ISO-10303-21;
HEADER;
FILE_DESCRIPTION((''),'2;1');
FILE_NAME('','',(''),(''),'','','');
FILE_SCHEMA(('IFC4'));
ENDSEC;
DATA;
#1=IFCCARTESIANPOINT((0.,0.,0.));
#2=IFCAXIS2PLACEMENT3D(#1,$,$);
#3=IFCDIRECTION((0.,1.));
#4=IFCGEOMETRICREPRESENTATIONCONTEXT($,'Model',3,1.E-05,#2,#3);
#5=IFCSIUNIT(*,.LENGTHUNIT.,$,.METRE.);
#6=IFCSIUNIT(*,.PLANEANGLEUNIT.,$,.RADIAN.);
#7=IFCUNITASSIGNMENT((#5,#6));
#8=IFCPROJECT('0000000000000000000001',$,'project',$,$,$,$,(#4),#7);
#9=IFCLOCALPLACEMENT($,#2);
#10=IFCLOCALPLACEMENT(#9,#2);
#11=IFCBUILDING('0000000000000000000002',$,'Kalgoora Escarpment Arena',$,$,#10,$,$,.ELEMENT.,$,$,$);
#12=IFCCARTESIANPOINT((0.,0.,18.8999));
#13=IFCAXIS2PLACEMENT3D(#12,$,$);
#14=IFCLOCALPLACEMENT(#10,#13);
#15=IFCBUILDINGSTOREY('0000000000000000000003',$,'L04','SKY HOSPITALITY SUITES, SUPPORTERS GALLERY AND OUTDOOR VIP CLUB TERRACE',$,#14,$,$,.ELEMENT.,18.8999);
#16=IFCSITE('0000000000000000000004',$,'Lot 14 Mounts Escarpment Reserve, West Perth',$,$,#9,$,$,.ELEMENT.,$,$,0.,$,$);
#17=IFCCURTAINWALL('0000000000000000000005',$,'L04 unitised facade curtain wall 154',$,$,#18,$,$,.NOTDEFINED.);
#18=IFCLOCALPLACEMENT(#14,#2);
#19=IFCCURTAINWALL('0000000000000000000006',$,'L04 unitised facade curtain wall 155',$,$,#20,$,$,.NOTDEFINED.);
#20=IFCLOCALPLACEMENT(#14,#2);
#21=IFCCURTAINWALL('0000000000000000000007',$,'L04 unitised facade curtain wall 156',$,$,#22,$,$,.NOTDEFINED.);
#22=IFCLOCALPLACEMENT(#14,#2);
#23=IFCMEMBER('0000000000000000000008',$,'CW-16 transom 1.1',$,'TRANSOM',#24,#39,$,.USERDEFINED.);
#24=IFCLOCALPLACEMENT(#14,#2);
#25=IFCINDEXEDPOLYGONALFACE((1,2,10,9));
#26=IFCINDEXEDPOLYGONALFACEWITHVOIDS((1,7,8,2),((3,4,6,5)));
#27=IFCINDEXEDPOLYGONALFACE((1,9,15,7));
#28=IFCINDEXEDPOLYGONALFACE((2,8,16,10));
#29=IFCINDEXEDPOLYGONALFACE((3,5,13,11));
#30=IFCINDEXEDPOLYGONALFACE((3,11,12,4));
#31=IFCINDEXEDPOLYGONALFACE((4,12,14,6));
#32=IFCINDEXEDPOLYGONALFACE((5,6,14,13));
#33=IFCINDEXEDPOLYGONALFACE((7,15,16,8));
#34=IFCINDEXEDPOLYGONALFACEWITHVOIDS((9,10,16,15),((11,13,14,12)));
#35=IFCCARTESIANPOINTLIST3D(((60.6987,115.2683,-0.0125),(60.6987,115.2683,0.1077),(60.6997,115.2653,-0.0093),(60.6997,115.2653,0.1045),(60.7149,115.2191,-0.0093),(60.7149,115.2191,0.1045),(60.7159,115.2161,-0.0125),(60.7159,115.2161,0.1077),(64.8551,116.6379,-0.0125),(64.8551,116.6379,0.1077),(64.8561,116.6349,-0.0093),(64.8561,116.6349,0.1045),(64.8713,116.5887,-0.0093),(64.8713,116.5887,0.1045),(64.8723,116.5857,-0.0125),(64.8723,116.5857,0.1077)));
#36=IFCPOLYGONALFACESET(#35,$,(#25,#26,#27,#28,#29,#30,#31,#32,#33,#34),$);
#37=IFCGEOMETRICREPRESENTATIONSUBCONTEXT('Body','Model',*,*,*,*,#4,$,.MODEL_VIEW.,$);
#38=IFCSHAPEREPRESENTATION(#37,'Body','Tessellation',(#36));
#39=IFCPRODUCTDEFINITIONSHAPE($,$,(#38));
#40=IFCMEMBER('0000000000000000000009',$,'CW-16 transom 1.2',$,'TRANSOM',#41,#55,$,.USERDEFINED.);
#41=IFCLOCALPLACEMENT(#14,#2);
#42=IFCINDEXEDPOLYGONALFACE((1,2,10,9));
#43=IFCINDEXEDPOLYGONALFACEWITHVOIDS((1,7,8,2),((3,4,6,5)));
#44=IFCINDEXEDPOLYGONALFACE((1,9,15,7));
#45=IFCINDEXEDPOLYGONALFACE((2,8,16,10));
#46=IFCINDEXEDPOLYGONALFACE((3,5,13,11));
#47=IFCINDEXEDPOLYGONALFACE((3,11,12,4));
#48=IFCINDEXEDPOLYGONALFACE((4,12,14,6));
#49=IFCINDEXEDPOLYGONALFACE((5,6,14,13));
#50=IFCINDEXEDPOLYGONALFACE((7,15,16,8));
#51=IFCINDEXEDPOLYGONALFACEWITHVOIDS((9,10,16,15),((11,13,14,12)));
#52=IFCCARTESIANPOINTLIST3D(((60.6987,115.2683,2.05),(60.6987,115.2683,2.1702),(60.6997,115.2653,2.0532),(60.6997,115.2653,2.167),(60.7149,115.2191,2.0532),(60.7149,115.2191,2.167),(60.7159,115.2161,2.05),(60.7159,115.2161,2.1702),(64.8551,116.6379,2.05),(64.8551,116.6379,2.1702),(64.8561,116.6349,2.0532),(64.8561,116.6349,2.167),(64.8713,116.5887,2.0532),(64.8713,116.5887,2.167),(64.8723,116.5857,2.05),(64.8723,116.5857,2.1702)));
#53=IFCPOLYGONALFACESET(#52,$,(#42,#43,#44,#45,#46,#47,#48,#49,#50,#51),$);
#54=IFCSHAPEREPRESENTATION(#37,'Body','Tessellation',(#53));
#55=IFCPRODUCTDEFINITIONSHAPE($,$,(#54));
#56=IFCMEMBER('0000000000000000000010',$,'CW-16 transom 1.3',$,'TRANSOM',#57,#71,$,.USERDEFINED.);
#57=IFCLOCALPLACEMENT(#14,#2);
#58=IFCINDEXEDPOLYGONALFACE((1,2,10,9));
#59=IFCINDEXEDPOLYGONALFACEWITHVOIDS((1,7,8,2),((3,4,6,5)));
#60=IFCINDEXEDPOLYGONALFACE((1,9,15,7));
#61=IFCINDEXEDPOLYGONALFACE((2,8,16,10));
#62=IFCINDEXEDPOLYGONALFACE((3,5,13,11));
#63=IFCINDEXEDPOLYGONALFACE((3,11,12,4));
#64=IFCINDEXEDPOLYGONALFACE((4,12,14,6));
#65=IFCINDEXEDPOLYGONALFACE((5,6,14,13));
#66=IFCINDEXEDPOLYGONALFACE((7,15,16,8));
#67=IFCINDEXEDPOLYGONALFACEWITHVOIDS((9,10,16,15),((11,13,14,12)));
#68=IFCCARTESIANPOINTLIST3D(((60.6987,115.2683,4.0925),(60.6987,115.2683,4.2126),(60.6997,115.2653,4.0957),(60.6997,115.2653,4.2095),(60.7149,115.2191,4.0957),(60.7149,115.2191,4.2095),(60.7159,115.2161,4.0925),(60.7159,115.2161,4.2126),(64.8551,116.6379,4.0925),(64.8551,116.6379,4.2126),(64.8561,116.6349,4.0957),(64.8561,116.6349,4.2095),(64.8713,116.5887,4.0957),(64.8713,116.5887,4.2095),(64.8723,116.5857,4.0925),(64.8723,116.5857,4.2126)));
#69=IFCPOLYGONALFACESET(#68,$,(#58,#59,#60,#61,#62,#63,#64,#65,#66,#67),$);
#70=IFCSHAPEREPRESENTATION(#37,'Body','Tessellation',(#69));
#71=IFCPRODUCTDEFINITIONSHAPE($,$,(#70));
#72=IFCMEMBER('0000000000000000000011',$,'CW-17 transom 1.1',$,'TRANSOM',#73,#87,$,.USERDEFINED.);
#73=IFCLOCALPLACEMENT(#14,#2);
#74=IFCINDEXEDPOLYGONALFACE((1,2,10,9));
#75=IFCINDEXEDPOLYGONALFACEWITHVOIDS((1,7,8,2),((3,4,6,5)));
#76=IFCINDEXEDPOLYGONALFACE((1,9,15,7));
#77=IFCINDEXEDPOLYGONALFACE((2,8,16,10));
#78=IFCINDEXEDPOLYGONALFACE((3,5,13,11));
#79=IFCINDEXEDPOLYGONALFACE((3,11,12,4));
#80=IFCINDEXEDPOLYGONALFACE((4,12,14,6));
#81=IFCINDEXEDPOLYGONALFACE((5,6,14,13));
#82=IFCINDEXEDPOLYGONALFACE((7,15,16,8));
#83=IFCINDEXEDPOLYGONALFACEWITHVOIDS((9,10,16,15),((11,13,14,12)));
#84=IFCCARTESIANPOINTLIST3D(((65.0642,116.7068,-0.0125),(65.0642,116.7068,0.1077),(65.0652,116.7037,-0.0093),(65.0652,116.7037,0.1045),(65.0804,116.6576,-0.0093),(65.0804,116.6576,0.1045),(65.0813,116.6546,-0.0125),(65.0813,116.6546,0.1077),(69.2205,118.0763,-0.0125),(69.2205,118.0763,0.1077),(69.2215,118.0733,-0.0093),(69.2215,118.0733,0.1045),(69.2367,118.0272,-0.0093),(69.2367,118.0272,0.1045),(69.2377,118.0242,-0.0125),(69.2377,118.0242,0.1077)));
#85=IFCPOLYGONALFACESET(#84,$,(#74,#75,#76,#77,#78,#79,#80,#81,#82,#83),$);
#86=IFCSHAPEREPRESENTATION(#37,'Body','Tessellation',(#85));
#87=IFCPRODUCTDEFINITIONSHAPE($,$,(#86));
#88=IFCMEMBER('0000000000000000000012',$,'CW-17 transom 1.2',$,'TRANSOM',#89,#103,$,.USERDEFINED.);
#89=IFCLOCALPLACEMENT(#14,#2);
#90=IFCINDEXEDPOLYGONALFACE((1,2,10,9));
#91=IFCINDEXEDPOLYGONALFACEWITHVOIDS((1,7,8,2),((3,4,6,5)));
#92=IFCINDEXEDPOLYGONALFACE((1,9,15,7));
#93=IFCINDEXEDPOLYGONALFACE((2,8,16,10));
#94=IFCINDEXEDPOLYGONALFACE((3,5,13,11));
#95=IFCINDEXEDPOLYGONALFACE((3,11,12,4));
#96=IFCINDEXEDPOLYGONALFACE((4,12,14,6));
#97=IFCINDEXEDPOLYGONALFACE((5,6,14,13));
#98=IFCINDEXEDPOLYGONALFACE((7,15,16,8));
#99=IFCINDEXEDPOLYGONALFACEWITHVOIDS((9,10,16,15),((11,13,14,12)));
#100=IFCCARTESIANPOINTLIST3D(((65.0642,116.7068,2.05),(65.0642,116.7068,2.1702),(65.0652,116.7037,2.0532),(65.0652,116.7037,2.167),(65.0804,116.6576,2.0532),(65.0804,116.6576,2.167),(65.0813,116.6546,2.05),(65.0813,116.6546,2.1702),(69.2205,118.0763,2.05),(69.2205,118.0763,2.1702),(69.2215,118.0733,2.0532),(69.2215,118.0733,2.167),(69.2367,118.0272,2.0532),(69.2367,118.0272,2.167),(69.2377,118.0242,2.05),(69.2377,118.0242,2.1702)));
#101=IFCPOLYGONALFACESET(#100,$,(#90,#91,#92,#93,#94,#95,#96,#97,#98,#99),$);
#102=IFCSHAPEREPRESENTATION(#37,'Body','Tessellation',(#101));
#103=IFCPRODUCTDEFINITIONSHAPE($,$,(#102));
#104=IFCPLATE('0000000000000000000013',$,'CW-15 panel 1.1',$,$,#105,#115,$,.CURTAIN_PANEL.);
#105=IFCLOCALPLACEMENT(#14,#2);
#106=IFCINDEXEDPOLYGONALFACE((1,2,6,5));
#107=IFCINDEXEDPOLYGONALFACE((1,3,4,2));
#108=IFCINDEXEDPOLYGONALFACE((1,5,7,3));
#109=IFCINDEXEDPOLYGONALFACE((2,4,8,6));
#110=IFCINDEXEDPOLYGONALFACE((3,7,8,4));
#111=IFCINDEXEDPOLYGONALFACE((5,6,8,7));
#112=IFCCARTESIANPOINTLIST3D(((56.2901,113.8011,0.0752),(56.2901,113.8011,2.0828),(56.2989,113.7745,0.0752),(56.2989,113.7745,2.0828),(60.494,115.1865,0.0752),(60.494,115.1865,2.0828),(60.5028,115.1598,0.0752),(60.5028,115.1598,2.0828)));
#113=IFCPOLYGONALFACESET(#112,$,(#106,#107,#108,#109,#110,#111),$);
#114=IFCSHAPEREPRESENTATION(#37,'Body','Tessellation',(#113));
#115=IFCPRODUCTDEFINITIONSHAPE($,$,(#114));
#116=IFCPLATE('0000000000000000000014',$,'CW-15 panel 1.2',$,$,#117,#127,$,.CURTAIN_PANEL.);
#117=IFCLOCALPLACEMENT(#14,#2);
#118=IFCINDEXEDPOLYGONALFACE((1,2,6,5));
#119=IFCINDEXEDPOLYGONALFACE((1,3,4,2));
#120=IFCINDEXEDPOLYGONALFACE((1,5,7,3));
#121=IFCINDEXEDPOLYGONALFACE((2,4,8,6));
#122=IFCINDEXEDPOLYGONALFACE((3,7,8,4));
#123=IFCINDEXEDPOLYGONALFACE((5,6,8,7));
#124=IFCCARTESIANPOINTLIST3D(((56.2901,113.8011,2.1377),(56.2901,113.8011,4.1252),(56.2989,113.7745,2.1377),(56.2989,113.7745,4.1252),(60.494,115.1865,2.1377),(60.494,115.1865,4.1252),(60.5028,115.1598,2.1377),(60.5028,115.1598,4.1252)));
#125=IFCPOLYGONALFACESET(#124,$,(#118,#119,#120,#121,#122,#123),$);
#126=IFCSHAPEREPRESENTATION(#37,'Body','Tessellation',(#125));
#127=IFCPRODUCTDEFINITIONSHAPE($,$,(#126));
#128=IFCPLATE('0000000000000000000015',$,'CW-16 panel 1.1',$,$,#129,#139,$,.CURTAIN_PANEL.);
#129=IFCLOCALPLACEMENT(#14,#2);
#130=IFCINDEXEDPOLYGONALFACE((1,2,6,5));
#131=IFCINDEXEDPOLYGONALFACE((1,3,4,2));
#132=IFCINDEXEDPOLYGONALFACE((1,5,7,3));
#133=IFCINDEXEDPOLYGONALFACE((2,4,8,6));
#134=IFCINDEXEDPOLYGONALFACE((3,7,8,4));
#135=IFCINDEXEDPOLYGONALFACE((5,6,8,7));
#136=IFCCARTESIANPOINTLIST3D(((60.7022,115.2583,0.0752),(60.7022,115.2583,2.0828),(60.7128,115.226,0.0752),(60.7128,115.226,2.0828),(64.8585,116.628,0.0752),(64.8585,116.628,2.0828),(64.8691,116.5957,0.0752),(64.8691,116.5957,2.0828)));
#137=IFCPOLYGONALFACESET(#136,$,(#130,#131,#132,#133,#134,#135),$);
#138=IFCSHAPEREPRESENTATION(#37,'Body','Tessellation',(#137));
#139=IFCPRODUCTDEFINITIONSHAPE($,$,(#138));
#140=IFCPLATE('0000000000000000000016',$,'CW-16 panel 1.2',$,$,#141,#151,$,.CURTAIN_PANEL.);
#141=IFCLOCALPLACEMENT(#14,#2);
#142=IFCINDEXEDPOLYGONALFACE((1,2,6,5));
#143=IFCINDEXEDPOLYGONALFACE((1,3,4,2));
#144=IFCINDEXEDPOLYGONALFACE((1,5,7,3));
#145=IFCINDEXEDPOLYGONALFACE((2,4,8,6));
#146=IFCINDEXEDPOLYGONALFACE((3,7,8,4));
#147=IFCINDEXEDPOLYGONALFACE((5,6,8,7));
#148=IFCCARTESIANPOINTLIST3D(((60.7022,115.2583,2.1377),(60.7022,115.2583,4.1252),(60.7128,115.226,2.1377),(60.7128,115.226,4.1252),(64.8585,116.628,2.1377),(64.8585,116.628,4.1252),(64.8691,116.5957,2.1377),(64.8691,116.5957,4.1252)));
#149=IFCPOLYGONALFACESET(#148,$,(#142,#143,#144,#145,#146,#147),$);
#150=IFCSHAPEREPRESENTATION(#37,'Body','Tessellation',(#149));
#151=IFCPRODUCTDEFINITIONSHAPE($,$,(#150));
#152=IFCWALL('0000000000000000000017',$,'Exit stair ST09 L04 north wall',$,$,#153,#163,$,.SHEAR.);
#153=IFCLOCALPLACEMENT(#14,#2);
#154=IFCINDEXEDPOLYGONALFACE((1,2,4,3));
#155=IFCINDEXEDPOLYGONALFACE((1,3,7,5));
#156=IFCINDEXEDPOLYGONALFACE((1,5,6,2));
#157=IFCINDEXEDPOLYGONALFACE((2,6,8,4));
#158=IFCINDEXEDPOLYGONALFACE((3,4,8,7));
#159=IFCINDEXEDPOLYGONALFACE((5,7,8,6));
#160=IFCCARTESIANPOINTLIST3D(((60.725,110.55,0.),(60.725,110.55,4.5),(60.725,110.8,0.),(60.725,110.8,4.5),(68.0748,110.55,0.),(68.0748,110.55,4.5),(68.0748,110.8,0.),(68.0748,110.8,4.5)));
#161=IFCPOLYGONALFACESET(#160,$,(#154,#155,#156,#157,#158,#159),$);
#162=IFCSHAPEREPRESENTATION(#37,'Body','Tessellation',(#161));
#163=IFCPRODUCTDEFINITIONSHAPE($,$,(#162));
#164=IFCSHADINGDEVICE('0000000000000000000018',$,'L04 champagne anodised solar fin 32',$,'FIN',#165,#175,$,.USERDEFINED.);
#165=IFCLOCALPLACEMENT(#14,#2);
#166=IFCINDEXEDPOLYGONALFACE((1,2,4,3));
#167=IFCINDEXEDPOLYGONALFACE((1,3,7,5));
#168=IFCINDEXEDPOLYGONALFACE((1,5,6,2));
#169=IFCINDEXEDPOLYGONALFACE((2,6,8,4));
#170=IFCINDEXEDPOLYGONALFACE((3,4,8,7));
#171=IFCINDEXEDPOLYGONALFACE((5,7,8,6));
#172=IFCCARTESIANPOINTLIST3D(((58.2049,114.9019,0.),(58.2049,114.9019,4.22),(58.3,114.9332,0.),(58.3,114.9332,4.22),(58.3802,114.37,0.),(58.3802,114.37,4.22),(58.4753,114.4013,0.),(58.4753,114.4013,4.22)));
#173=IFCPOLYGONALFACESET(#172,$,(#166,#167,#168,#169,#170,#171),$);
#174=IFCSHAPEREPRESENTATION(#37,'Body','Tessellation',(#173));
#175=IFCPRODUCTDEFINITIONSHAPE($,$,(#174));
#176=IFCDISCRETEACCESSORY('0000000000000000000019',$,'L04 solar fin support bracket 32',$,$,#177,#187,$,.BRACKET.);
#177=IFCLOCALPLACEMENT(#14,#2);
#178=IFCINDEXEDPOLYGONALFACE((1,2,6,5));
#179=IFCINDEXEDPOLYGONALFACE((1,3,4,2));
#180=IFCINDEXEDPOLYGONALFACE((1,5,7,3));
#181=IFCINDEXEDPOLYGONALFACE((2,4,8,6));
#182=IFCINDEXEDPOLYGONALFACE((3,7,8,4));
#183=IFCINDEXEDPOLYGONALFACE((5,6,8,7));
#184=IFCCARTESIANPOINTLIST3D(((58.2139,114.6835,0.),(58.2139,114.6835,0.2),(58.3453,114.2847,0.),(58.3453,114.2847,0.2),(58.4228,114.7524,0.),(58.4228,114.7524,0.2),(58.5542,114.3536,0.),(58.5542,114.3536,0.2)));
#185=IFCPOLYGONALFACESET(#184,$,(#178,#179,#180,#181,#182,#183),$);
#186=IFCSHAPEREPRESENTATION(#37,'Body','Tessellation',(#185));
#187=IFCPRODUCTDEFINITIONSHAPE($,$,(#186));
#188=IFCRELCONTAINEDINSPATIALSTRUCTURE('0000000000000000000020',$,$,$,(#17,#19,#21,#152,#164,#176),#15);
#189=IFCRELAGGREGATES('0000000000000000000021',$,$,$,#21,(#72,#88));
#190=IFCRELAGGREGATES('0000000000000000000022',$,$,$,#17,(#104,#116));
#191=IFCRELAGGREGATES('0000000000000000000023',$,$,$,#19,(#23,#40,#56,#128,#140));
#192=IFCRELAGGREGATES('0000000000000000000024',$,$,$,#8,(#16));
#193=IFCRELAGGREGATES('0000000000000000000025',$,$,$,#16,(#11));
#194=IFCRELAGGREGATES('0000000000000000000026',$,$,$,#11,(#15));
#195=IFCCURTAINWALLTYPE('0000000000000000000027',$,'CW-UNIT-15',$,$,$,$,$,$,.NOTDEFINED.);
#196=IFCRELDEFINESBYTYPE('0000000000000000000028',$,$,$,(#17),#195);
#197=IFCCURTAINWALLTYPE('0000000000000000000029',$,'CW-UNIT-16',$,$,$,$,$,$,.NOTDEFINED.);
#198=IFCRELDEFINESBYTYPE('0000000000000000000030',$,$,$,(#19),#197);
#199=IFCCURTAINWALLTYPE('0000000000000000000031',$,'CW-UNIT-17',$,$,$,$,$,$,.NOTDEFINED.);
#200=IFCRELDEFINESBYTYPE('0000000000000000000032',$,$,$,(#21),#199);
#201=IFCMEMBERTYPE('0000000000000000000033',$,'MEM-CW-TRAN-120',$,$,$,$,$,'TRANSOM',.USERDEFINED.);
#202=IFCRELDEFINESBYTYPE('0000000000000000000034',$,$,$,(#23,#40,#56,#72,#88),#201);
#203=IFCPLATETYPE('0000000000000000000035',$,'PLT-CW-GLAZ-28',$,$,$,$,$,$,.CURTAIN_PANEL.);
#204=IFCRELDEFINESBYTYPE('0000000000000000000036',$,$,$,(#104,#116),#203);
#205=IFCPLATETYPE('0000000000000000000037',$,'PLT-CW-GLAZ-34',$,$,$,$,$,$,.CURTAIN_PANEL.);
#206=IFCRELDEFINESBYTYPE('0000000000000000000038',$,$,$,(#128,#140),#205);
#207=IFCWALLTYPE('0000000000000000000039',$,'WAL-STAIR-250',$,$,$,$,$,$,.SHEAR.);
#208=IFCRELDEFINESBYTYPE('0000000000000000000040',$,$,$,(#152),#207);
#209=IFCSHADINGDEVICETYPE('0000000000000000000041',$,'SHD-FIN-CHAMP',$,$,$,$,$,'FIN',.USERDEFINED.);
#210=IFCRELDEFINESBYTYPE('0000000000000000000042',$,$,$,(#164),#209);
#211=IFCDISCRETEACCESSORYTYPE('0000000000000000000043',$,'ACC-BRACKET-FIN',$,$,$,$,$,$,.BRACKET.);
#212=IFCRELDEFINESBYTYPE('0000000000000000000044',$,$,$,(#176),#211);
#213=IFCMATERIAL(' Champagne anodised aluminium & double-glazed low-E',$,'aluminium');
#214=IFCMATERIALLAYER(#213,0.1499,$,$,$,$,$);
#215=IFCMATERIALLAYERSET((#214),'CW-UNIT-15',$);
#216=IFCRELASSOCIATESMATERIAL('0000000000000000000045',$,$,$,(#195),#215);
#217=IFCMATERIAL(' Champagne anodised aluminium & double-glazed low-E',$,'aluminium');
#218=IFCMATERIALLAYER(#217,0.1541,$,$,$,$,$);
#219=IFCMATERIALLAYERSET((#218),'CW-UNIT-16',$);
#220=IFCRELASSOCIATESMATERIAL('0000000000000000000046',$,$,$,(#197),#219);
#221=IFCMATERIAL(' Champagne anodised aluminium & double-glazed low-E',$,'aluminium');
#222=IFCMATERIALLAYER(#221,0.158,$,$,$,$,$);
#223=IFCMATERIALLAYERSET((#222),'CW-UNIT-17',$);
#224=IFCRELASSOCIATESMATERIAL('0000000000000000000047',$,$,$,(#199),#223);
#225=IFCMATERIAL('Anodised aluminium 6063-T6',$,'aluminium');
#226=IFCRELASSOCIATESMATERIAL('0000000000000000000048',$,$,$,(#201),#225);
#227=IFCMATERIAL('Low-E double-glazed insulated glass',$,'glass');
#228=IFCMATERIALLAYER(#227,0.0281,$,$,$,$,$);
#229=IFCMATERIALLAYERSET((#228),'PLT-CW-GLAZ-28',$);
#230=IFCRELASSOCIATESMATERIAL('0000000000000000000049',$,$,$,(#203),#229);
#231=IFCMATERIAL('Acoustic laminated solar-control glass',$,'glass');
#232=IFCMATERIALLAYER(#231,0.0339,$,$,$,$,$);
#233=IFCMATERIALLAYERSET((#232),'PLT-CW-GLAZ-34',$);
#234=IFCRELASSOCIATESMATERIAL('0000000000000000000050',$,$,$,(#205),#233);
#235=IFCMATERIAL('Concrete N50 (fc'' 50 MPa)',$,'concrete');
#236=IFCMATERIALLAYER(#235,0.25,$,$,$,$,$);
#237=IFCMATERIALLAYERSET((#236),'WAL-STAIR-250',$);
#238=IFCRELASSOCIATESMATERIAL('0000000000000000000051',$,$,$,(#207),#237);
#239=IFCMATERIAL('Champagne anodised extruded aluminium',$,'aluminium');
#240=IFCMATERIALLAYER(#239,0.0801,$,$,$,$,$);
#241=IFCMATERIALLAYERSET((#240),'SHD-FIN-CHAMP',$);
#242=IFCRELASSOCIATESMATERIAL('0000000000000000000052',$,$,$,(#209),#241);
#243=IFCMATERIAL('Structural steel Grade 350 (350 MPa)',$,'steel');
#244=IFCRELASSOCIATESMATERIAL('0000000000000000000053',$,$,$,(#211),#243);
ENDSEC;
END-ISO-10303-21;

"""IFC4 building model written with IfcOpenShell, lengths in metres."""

from ifc_helpers import new_model, si_unit, direction, frame, frame_2d, origin, origin_2d, place, context, subcontext, project, spatial, rectangle, hollow_rectangle, extrude, material, layer, layer_set, material_profile, profile_set, type_object, element, aggregate, save


model = new_model("IFC4")

# Units and contexts
model_context = context("Model", 3, precision=1e-05, world=origin(), true_north=direction((0.0, 1.0)))
body_context = subcontext(model_context, "Body", "Model", "MODEL_VIEW")
ifc_project = project(units=[si_unit("LENGTHUNIT", "METRE"), si_unit("PLANEANGLEUNIT", "RADIAN")], contexts=[model_context])

# Site, building, storey
site_placement = place(None, origin())
site = spatial("IfcSite", under=ifc_project, at=site_placement, Name="Lot 14 Mounts Escarpment Reserve, West Perth", CompositionType="ELEMENT", RefElevation=0.0)
building_placement = place(site_placement, origin())
building = spatial("IfcBuilding", under=site, at=building_placement, Name="Kalgoora Escarpment Arena", CompositionType="ELEMENT")
storey_placement = place(building_placement, frame((0.0, 0.0, 18.8999)))
storey = spatial("IfcBuildingStorey", under=building, at=storey_placement, Name="L04", Description="SKY HOSPITALITY SUITES, SUPPORTERS GALLERY AND OUTDOOR VIP CLUB TERRACE", CompositionType="ELEMENT", Elevation=18.8999)

# Curtain wall
ifc_material_1 = material(Name=" Champagne anodised aluminium & double-glazed low-E", Category="aluminium")
ifc_layer_1 = layer(ifc_material_1, 0.1499)
ifc_layer_set_1 = layer_set([ifc_layer_1], Name="CW-UNIT-15")
curtain_wall_type_1 = type_object("IfcCurtainWallType", Name="CW-UNIT-15", PredefinedType="NOTDEFINED", material=ifc_layer_set_1)
curtain_wall_1_placement = place(storey_placement, origin())
curtain_wall_1 = element("IfcCurtainWall", 1, at=curtain_wall_1_placement, inside=storey, type_object=curtain_wall_type_1, Name="L04 unitised facade curtain wall 154", PredefinedType="NOTDEFINED")

# Curtain wall
ifc_material_2 = material(Name=" Champagne anodised aluminium & double-glazed low-E", Category="aluminium")
ifc_layer_2 = layer(ifc_material_2, 0.1541)
ifc_layer_set_2 = layer_set([ifc_layer_2], Name="CW-UNIT-16")
curtain_wall_type_2 = type_object("IfcCurtainWallType", Name="CW-UNIT-16", PredefinedType="NOTDEFINED", material=ifc_layer_set_2)
curtain_wall_2_placement = place(storey_placement, origin())
curtain_wall_2 = element("IfcCurtainWall", 2, at=curtain_wall_2_placement, inside=storey, type_object=curtain_wall_type_2, Name="L04 unitised facade curtain wall 155", PredefinedType="NOTDEFINED")

# Curtain wall
ifc_material_3 = material(Name=" Champagne anodised aluminium & double-glazed low-E", Category="aluminium")
ifc_layer_3 = layer(ifc_material_3, 0.158)
ifc_layer_set_3 = layer_set([ifc_layer_3], Name="CW-UNIT-17")
curtain_wall_type_3 = type_object("IfcCurtainWallType", Name="CW-UNIT-17", PredefinedType="NOTDEFINED", material=ifc_layer_set_3)
curtain_wall_3_placement = place(storey_placement, origin())
curtain_wall_3 = element("IfcCurtainWall", 3, at=curtain_wall_3_placement, inside=storey, type_object=curtain_wall_type_3, Name="L04 unitised facade curtain wall 156", PredefinedType="NOTDEFINED")

# Members
ifc_material_4 = material(Name="Anodised aluminium 6063-T6", Category="aluminium")
ifc_material_profile_1 = material_profile(ifc_material_4, hollow_rectangle(XDim=0.0549, YDim=0.1201, WallThickness=0.0032, at=origin_2d()))
ifc_profile_set_1 = profile_set([ifc_material_profile_1], Name="Anodised aluminium 6063-T6")
member_type_1 = type_object("IfcMemberType", Name="MEM-CW-TRAN-120", ElementType="TRANSOM", PredefinedType="USERDEFINED", material=ifc_profile_set_1)
member_1_placement = place(storey_placement, frame((60.7073, 115.2422, 0.0476), z_axis=(0.949766, 0.312962, 0.0), x_axis=(-0.312962, 0.949766, 0.0)))
member_1 = element("IfcMember", 4, at=member_1_placement, type_object=member_type_1, Name="CW-16 transom 1.1", ObjectType="TRANSOM", PredefinedType="USERDEFINED", context=body_context, shape_type="SweptSolid", body=[
    extrude(hollow_rectangle(XDim=0.0549, YDim=0.1201, WallThickness=0.0032, at=origin_2d()), origin(), (0.0, 0.0, 1.0), 4.3762),
])
member_2_placement = place(storey_placement, frame((60.7073, 115.2422, 2.1101), z_axis=(0.949766, 0.312962, 0.0), x_axis=(-0.312962, 0.949766, 0.0)))
member_2 = element("IfcMember", 5, at=member_2_placement, type_object=member_type_1, Name="CW-16 transom 1.2", ObjectType="TRANSOM", PredefinedType="USERDEFINED", context=body_context, shape_type="SweptSolid", body=[
    extrude(hollow_rectangle(XDim=0.0549, YDim=0.1201, WallThickness=0.0032, at=origin_2d()), origin(), (0.0, 0.0, 1.0), 4.3762),
])
member_3_placement = place(storey_placement, frame((60.7073, 115.2422, 4.1526), z_axis=(0.949766, 0.312962, 0.0), x_axis=(-0.312962, 0.949766, 0.0)))
member_3 = element("IfcMember", 6, at=member_3_placement, type_object=member_type_1, Name="CW-16 transom 1.3", ObjectType="TRANSOM", PredefinedType="USERDEFINED", context=body_context, shape_type="SweptSolid", body=[
    extrude(hollow_rectangle(XDim=0.0549, YDim=0.1201, WallThickness=0.0032, at=origin_2d()), origin(), (0.0, 0.0, 1.0), 4.3762),
])
member_4_placement = place(storey_placement, frame((65.0728, 116.6807, 0.0476), z_axis=(0.949766, 0.312962, 0.0), x_axis=(-0.312962, 0.949766, 0.0)))
member_4 = element("IfcMember", 7, at=member_4_placement, type_object=member_type_1, Name="CW-17 transom 1.1", ObjectType="TRANSOM", PredefinedType="USERDEFINED", context=body_context, shape_type="SweptSolid", body=[
    extrude(hollow_rectangle(XDim=0.0549, YDim=0.1201, WallThickness=0.0032, at=origin_2d()), origin(), (0.0, 0.0, 1.0), 4.3762),
])
member_5_placement = place(storey_placement, frame((65.0728, 116.6807, 2.1101), z_axis=(0.949766, 0.312962, 0.0), x_axis=(-0.312962, 0.949766, 0.0)))
member_5 = element("IfcMember", 8, at=member_5_placement, type_object=member_type_1, Name="CW-17 transom 1.2", ObjectType="TRANSOM", PredefinedType="USERDEFINED", context=body_context, shape_type="SweptSolid", body=[
    extrude(hollow_rectangle(XDim=0.0549, YDim=0.1201, WallThickness=0.0032, at=origin_2d()), origin(), (0.0, 0.0, 1.0), 4.3762),
])
aggregate(curtain_wall_3, [member_4, member_5])

# Plates
ifc_material_5 = material(Name="Low-E double-glazed insulated glass", Category="glass")
ifc_layer_4 = layer(ifc_material_5, 0.0281)
ifc_layer_set_4 = layer_set([ifc_layer_4], Name="PLT-CW-GLAZ-28")
plate_type_1 = type_object("IfcPlateType", Name="PLT-CW-GLAZ-28", PredefinedType="CURTAIN_PANEL", material=ifc_layer_set_4)
plate_1_placement = place(storey_placement, frame((58.3965, 114.4805, 0.0752), z_axis=(0.0, 0.0, 1.0), x_axis=(0.949758, 0.312986, 0.0)))
plate_1 = element("IfcPlate", 9, at=plate_1_placement, type_object=plate_type_1, Name="CW-15 panel 1.1", PredefinedType="CURTAIN_PANEL", context=body_context, shape_type="SweptSolid", body=[
    extrude(rectangle(XDim=4.4263, YDim=0.0281, at=origin_2d()), origin(), (0.0, 0.0, 1.0), 2.0076),
])
plate_2_placement = place(storey_placement, frame((58.3965, 114.4805, 2.1377), z_axis=(0.0, 0.0, 1.0), x_axis=(0.949758, 0.312986, 0.0)))
plate_2 = element("IfcPlate", 10, at=plate_2_placement, type_object=plate_type_1, Name="CW-15 panel 1.2", PredefinedType="CURTAIN_PANEL", context=body_context, shape_type="SweptSolid", body=[
    extrude(rectangle(XDim=4.4263, YDim=0.0281, at=origin_2d()), origin(), (0.0, 0.0, 1.0), 1.9875),
])
aggregate(curtain_wall_1, [plate_1, plate_2])
ifc_material_6 = material(Name="Acoustic laminated solar-control glass", Category="glass")
ifc_layer_5 = layer(ifc_material_6, 0.0339)
ifc_layer_set_5 = layer_set([ifc_layer_5], Name="PLT-CW-GLAZ-34")
plate_type_2 = type_object("IfcPlateType", Name="PLT-CW-GLAZ-34", PredefinedType="CURTAIN_PANEL", material=ifc_layer_set_5)
plate_3_placement = place(storey_placement, frame((62.7856, 115.927, 0.0752), z_axis=(0.0, 0.0, 1.0), x_axis=(0.949756, 0.31299, 0.0)))
plate_3 = element("IfcPlate", 11, at=plate_3_placement, type_object=plate_type_2, Name="CW-16 panel 1.1", PredefinedType="CURTAIN_PANEL", context=body_context, shape_type="SweptSolid", body=[
    extrude(rectangle(XDim=4.3762, YDim=0.0339, at=origin_2d()), origin(), (0.0, 0.0, 1.0), 2.0076),
])
plate_4_placement = place(storey_placement, frame((62.7856, 115.927, 2.1377), z_axis=(0.0, 0.0, 1.0), x_axis=(0.949756, 0.31299, 0.0)))
plate_4 = element("IfcPlate", 12, at=plate_4_placement, type_object=plate_type_2, Name="CW-16 panel 1.2", PredefinedType="CURTAIN_PANEL", context=body_context, shape_type="SweptSolid", body=[
    extrude(rectangle(XDim=4.3762, YDim=0.0339, at=origin_2d()), origin(), (0.0, 0.0, 1.0), 1.9875),
])
aggregate(curtain_wall_2, [member_1, member_2, member_3, plate_3, plate_4])

# Wall
ifc_material_7 = material(Name="Concrete N50 (fc' 50 MPa)", Category="concrete")
ifc_layer_6 = layer(ifc_material_7, 0.25)
ifc_layer_set_6 = layer_set([ifc_layer_6], Name="WAL-STAIR-250")
wall_type = type_object("IfcWallType", Name="WAL-STAIR-250", PredefinedType="SHEAR", material=ifc_layer_set_6)
wall_placement = place(storey_placement, frame((60.7251, 110.675, 0.0), z_axis=(0.0, 0.0, 1.0), x_axis=(1.0, 0.0, 0.0)))
element("IfcWall", 13, at=wall_placement, inside=storey, type_object=wall_type, Name="Exit stair ST09 L04 north wall", PredefinedType="SHEAR", context=body_context, shape_type="SweptSolid", body=[
    extrude(rectangle(XDim=7.3499, YDim=0.25, at=frame_2d((3.6748, 0.0))), origin(), (0.0, 0.0, 1.0), 4.5),
])

# Shading device
ifc_material_8 = material(Name="Champagne anodised extruded aluminium", Category="aluminium")
ifc_layer_7 = layer(ifc_material_8, 0.0801)
ifc_layer_set_7 = layer_set([ifc_layer_7], Name="SHD-FIN-CHAMP")
shading_device_type = type_object("IfcShadingDeviceType", Name="SHD-FIN-CHAMP", ElementType="FIN", PredefinedType="USERDEFINED", material=ifc_layer_set_7)
shading_device_placement = place(storey_placement, frame((58.3401, 114.6516, 0.0), z_axis=(0.0, 0.0, 1.0), x_axis=(-0.312998, 0.949754, 0.0)))
element("IfcShadingDevice", 14, at=shading_device_placement, inside=storey, type_object=shading_device_type, Name="L04 champagne anodised solar fin 32", ObjectType="FIN", PredefinedType="USERDEFINED", context=body_context, shape_type="SweptSolid", body=[
    extrude(rectangle(XDim=0.5601, YDim=0.1001, at=origin_2d()), origin(), (0.0, 0.0, 1.0), 4.22),
])

# Discrete accessory
ifc_material_9 = material(Name="Structural steel Grade 350 (350 MPa)", Category="steel")
discrete_accessory_type = type_object("IfcDiscreteAccessoryType", Name="ACC-BRACKET-FIN", PredefinedType="BRACKET", material=ifc_material_9)
discrete_accessory_placement = place(storey_placement, frame((58.384, 114.5186, 0.0), z_axis=(0.0, 0.0, 1.0), x_axis=(-0.312998, 0.949754, 0.0)))
element("IfcDiscreteAccessory", 15, at=discrete_accessory_placement, inside=storey, type_object=discrete_accessory_type, Name="L04 solar fin support bracket 32", PredefinedType="BRACKET", context=body_context, shape_type="SweptSolid", body=[
    extrude(rectangle(XDim=0.4199, YDim=0.22, at=origin_2d()), origin(), (0.0, 0.0, 1.0), 0.2),
])

save(model, "model.ifc")
